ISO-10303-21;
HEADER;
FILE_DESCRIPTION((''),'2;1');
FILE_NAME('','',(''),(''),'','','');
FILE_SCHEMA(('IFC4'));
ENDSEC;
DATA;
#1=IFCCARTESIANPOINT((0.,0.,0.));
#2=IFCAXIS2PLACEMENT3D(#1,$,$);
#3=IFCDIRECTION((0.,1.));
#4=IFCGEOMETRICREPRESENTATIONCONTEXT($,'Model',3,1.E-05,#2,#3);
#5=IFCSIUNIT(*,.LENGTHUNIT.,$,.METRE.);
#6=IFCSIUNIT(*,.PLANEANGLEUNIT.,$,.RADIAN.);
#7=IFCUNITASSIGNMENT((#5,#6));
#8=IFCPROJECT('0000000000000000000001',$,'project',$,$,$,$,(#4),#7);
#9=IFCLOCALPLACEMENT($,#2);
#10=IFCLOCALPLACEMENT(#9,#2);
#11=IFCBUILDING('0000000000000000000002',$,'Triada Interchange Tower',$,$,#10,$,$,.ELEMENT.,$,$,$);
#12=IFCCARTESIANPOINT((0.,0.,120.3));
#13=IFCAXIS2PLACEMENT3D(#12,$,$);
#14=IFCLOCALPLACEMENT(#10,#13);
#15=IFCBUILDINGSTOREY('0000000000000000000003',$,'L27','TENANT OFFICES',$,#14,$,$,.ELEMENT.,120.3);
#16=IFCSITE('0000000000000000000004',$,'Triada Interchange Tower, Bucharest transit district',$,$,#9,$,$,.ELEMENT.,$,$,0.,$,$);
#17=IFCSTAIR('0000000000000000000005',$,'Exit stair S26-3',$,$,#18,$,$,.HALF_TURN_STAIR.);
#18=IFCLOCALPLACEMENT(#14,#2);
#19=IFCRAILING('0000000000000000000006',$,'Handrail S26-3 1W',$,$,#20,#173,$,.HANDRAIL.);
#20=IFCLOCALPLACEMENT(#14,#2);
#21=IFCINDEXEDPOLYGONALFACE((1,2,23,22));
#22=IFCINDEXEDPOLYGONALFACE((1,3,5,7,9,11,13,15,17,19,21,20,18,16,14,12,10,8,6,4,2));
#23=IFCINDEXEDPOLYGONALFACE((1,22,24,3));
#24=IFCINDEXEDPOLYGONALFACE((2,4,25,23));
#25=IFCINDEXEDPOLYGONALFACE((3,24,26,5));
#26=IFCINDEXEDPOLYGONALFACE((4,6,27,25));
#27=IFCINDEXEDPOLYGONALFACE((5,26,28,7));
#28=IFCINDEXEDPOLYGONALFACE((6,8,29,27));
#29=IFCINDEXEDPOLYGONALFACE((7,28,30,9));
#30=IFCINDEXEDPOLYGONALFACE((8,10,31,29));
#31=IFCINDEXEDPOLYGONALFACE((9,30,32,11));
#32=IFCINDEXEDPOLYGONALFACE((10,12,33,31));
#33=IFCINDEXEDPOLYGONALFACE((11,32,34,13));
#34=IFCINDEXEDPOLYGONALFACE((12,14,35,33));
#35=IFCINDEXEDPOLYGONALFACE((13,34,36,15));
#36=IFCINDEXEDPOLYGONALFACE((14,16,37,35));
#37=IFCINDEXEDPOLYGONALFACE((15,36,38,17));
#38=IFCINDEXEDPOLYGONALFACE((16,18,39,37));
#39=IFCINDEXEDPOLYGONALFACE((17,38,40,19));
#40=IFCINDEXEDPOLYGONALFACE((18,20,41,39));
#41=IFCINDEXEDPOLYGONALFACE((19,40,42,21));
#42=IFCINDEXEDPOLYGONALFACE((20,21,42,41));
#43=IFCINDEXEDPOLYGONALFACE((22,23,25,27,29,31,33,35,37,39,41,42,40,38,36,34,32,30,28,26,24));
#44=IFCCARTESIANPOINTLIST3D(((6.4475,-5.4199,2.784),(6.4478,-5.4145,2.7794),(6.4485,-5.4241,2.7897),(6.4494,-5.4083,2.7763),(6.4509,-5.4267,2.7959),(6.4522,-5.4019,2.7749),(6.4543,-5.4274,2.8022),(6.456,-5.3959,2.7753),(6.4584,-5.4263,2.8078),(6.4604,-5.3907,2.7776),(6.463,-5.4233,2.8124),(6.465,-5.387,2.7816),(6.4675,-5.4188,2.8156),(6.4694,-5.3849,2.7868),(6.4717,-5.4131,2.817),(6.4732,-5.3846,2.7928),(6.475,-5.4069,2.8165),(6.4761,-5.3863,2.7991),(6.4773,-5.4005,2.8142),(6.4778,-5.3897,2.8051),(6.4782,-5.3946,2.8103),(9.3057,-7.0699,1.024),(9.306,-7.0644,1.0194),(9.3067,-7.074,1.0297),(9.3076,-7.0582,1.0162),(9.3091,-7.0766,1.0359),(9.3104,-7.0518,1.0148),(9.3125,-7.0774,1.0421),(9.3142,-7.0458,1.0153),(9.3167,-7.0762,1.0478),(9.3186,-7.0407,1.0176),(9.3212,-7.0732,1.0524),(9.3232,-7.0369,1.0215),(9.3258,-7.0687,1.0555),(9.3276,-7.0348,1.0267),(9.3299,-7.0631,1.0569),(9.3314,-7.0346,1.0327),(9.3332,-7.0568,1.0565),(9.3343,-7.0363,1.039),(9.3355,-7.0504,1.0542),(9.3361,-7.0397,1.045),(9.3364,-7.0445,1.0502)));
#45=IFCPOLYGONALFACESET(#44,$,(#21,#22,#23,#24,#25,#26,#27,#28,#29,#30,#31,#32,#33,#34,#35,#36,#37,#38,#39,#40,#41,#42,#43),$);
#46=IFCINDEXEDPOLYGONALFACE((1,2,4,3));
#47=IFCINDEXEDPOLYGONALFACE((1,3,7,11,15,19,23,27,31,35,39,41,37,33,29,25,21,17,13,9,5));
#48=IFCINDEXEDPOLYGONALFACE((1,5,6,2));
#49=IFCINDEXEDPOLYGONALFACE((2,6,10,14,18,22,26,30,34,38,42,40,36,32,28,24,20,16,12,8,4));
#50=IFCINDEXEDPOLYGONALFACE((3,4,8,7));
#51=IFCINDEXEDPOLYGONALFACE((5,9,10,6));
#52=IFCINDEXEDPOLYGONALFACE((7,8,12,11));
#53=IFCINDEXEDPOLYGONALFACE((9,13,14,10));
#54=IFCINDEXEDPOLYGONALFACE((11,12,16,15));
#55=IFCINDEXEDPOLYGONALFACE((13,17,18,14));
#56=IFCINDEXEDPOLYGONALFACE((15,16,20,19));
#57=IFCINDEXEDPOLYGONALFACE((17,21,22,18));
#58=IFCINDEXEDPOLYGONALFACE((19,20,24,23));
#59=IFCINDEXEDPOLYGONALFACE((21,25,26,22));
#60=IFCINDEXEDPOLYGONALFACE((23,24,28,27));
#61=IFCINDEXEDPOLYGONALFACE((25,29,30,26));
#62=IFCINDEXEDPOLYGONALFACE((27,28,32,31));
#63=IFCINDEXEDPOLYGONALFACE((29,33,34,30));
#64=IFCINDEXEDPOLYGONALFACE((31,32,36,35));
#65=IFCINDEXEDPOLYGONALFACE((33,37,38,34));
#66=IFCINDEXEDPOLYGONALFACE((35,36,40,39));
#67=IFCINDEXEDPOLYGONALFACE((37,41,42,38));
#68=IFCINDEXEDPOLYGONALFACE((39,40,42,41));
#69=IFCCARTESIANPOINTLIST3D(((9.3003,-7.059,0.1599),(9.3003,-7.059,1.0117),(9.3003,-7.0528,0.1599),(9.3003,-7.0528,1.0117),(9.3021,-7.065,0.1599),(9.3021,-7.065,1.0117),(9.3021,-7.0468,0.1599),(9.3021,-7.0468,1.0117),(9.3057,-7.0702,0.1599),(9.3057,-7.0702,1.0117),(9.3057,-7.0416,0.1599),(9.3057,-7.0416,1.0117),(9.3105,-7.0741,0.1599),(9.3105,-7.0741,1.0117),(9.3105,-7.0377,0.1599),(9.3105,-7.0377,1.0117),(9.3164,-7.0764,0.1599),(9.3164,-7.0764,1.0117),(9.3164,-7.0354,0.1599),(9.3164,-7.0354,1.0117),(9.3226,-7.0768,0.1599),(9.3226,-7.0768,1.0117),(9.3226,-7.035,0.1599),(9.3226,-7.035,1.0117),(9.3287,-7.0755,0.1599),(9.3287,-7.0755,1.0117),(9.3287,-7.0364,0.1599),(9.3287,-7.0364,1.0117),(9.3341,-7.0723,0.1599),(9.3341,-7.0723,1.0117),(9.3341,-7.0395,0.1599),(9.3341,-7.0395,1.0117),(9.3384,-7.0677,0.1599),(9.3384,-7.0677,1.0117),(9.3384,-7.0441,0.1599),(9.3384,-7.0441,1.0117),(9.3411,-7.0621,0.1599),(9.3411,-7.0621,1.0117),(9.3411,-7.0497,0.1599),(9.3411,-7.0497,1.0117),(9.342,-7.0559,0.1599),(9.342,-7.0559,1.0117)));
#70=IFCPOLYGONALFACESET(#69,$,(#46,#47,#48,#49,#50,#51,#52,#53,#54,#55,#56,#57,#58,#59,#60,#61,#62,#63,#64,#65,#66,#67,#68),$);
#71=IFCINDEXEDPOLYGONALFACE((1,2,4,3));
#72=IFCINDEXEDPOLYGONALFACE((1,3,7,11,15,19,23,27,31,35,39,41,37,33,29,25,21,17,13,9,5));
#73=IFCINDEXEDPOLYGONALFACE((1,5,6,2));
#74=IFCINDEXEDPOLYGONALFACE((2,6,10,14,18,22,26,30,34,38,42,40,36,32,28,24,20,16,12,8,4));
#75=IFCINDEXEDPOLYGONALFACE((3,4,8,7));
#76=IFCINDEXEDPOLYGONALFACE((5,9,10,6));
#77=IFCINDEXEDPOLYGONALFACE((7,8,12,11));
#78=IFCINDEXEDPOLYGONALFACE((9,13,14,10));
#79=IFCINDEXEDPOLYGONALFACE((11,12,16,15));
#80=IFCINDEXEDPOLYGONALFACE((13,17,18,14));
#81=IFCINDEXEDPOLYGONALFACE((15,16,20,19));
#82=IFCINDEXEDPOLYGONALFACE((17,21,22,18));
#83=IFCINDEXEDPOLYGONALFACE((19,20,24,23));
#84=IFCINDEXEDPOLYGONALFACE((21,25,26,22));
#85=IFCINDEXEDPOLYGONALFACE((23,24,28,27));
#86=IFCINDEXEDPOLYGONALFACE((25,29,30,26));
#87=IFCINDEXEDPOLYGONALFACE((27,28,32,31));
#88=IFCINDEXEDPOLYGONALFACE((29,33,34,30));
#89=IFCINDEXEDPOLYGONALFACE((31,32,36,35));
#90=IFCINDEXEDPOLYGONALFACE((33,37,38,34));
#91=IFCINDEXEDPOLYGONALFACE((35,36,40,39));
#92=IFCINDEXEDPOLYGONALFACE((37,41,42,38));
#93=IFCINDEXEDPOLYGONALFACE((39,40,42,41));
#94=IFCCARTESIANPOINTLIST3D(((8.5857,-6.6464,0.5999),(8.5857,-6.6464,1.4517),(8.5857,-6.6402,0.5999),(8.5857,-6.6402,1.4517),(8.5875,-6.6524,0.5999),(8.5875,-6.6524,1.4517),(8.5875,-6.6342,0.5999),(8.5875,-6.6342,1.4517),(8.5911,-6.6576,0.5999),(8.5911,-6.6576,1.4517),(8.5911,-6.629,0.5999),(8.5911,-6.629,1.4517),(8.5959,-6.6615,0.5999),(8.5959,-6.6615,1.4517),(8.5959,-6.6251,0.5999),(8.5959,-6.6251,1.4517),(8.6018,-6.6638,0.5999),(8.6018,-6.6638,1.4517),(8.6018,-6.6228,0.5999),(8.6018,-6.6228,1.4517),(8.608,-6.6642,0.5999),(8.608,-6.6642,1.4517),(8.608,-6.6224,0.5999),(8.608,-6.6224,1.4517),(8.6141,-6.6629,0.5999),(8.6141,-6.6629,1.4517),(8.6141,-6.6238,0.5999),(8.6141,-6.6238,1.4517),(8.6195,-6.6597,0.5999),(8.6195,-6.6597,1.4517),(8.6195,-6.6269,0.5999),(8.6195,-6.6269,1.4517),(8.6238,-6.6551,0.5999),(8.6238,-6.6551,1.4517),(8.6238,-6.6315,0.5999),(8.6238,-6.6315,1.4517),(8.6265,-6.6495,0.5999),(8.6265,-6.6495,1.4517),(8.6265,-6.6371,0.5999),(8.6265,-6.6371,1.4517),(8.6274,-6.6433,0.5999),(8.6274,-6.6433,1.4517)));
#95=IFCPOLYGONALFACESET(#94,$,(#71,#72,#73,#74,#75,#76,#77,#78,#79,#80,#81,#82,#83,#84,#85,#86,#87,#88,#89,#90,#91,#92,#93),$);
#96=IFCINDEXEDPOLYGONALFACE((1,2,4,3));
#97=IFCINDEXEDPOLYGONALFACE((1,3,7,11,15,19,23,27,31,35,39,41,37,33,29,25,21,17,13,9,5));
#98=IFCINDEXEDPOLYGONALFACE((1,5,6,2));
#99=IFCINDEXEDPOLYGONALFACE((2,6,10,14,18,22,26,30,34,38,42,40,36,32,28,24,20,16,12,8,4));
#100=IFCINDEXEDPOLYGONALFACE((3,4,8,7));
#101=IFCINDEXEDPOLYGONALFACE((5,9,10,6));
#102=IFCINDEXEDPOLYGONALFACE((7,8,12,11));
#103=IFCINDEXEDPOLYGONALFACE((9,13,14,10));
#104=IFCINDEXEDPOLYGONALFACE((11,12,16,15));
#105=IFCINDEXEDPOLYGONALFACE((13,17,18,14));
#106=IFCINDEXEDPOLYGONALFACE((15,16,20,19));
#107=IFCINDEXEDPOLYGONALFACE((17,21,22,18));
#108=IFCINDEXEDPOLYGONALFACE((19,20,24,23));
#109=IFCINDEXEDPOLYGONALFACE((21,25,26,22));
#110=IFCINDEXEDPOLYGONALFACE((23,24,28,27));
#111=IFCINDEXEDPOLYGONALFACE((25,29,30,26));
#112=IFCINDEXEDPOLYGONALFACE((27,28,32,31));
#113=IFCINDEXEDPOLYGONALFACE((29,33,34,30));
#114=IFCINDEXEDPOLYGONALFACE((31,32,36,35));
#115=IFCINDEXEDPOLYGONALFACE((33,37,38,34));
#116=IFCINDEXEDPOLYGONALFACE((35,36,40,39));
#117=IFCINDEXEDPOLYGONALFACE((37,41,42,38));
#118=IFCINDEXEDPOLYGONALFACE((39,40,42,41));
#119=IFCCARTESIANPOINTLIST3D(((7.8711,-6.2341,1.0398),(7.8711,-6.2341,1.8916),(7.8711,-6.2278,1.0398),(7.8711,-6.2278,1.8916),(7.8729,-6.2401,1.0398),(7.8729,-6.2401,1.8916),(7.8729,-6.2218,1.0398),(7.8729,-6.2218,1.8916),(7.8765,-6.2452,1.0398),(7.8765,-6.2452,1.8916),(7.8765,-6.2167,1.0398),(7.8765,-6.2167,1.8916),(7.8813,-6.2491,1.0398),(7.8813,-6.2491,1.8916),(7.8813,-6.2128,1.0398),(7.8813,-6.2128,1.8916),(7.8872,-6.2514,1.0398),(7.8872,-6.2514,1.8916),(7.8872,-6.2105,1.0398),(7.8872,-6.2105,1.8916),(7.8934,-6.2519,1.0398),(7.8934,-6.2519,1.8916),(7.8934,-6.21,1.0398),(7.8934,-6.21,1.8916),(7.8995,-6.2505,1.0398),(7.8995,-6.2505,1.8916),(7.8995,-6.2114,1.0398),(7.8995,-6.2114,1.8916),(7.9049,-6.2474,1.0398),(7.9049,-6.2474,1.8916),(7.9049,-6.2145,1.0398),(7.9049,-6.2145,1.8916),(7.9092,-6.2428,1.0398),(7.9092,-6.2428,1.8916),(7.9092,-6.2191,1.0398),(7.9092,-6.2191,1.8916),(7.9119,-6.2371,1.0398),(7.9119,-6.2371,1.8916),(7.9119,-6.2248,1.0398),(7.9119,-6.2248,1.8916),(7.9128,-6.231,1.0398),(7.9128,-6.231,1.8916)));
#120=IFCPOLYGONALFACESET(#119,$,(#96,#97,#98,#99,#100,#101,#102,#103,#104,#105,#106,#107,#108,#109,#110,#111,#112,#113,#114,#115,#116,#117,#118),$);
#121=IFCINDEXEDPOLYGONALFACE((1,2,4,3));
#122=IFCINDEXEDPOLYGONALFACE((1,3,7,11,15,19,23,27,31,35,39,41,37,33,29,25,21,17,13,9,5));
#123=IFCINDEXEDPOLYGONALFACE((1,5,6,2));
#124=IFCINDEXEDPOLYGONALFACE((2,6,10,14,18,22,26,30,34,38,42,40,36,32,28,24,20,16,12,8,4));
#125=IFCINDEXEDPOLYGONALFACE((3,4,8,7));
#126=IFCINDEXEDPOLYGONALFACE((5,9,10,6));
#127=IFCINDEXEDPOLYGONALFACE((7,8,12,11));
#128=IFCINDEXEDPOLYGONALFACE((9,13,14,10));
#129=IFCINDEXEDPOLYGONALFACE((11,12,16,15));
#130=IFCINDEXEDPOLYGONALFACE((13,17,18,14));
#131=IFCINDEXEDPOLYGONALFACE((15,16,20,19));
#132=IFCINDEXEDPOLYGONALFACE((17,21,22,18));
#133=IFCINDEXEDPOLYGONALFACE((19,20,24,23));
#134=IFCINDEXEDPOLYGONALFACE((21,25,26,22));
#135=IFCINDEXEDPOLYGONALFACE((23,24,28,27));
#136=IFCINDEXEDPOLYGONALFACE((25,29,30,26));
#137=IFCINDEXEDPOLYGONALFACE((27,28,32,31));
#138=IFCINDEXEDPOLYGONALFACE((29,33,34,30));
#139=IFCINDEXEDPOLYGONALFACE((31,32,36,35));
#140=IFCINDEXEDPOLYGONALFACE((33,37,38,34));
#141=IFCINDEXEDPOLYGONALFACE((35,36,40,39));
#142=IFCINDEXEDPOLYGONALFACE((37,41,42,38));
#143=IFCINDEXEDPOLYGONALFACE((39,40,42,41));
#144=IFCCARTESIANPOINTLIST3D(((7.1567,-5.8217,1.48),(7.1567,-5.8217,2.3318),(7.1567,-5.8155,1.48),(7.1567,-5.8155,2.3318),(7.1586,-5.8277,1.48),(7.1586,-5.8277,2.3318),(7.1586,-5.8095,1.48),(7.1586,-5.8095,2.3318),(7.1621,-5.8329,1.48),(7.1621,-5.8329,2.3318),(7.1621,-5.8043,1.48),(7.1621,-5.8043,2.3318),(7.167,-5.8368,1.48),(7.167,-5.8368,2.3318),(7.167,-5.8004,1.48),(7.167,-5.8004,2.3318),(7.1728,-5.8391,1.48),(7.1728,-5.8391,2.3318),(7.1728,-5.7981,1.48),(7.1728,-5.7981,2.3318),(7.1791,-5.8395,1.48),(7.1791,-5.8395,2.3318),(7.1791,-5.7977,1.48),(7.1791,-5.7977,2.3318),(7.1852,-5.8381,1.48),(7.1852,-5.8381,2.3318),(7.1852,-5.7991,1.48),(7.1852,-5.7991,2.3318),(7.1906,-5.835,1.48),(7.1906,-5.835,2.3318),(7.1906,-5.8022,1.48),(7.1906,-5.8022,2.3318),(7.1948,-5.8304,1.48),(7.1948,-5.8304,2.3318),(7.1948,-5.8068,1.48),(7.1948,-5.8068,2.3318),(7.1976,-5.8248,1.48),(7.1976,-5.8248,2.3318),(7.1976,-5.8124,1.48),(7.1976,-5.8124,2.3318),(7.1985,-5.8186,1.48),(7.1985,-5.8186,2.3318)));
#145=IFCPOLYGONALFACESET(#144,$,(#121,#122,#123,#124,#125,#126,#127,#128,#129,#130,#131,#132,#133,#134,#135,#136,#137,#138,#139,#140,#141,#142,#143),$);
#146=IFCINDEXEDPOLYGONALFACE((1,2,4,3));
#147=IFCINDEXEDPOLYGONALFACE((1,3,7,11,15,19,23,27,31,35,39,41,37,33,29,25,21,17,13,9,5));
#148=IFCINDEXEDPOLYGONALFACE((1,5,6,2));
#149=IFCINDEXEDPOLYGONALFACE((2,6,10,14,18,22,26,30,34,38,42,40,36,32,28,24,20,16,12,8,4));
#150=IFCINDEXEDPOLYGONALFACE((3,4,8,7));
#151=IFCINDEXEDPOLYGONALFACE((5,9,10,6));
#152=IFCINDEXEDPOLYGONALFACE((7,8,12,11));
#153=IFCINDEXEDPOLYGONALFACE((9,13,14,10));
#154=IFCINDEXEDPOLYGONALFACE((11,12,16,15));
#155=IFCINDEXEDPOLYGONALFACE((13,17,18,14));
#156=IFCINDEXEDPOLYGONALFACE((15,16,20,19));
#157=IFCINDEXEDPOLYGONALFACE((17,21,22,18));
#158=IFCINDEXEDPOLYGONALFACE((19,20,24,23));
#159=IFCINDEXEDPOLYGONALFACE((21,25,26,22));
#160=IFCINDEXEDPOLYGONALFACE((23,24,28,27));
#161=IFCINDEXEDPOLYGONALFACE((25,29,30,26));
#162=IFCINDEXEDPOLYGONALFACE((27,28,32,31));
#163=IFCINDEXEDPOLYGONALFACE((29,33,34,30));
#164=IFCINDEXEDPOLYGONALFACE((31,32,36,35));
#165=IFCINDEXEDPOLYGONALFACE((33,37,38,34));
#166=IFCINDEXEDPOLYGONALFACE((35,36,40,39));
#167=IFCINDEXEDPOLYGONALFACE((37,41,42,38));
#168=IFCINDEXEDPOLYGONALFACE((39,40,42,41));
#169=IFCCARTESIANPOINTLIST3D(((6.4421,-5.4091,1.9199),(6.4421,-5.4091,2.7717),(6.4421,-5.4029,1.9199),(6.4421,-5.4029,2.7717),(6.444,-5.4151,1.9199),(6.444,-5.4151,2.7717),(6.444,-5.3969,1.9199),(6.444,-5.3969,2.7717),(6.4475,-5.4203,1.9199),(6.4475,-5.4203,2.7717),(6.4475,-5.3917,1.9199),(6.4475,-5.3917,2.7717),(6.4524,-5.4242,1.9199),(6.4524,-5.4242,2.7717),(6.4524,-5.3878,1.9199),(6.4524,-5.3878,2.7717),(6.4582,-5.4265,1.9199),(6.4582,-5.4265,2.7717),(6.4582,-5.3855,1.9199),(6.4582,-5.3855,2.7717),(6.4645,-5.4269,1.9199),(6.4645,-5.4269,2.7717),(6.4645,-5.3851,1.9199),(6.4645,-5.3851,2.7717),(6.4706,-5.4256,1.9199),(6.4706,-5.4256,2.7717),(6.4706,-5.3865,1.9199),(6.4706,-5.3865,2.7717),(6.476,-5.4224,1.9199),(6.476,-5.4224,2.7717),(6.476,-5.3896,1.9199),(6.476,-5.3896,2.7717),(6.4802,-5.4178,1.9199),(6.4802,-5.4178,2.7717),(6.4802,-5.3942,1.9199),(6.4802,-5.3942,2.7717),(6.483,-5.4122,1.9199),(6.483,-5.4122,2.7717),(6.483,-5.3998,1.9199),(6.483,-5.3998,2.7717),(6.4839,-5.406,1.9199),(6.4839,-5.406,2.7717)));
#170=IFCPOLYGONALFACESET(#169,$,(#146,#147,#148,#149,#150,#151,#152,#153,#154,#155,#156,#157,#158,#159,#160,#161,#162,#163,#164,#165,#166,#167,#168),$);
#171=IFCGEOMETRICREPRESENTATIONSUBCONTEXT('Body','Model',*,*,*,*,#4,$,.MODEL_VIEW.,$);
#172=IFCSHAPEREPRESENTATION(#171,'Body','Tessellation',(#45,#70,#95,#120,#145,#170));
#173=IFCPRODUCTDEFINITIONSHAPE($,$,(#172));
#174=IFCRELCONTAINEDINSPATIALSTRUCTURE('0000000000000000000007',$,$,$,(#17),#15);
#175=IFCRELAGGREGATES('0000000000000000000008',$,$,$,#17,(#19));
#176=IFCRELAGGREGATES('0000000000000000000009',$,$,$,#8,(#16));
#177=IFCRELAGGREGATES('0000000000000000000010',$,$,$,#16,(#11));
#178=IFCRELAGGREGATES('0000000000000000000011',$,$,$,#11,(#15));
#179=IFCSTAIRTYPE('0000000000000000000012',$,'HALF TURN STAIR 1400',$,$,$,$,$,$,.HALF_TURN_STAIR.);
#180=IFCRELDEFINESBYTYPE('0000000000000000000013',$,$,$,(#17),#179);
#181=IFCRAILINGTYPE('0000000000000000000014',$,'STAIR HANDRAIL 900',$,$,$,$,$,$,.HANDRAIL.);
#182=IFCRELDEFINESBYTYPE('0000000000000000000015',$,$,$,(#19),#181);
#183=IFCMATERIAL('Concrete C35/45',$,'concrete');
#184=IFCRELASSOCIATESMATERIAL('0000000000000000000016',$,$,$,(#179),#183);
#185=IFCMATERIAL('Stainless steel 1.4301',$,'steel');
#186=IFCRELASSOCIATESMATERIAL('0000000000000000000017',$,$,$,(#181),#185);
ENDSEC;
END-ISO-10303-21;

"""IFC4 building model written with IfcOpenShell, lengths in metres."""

from ifc_helpers import new_model, si_unit, direction, frame, origin, origin_2d, place, context, subcontext, project, spatial, circle, extrude, material, type_object, element, aggregate, save


model = new_model("IFC4")

# Units and contexts
model_context = context("Model", 3, precision=1e-05, world=origin(), true_north=direction((0.0, 1.0)))
body_context = subcontext(model_context, "Body", "Model", "MODEL_VIEW")
ifc_project = project(units=[si_unit("LENGTHUNIT", "METRE"), si_unit("PLANEANGLEUNIT", "RADIAN")], contexts=[model_context])

# Site, building, storey
site_placement = place(None, origin())
site = spatial("IfcSite", under=ifc_project, at=site_placement, Name="Triada Interchange Tower, Bucharest transit district", CompositionType="ELEMENT", RefElevation=0.0)
building_placement = place(site_placement, origin())
building = spatial("IfcBuilding", under=site, at=building_placement, Name="Triada Interchange Tower", CompositionType="ELEMENT")
storey_placement = place(building_placement, frame((0.0, 0.0, 120.3)))
storey = spatial("IfcBuildingStorey", under=building, at=storey_placement, Name="L27", Description="TENANT OFFICES", CompositionType="ELEMENT", Elevation=120.3)

# Stair, railing
ifc_material_1 = material(Name="Concrete C35/45", Category="concrete")
stair_type = type_object("IfcStairType", Name="HALF TURN STAIR 1400", PredefinedType="HALF_TURN_STAIR", material=ifc_material_1)
stair_placement = place(storey_placement, origin())
stair = element("IfcStair", 1, at=stair_placement, inside=storey, type_object=stair_type, Name="Exit stair S26-3", PredefinedType="HALF_TURN_STAIR")
ifc_material_2 = material(Name="Stainless steel 1.4301", Category="steel")
railing_type = type_object("IfcRailingType", Name="STAIR HANDRAIL 900", PredefinedType="HANDRAIL", material=ifc_material_2)
railing_1_placement = place(storey_placement, frame((9.321, -7.0559, 0.1599)))
railing_1 = element("IfcRailing", 2, at=railing_1_placement, type_object=railing_type, Name="Handrail S26-3 1W", PredefinedType="HANDRAIL", context=body_context, shape_type="SweptSolid", body=[
    extrude(circle(Radius=0.0239, at=origin_2d()), frame((0.0, 0.0, 0.876), z_axis=(-0.764178, 0.441131, 0.47057), x_axis=(-0.499942, -0.866059, 0.0)), (0.0, 0.0, 1.0), 3.7402),
    extrude(circle(Radius=0.021, at=origin_2d()), origin(), (0.0, 0.0, 1.0), 0.8518),
    extrude(circle(Radius=0.021, at=origin_2d()), frame((-0.7146, 0.4126, 0.4399)), (0.0, 0.0, 1.0), 0.8518),
    extrude(circle(Radius=0.021, at=origin_2d()), frame((-1.4292, 0.825, 0.8799)), (0.0, 0.0, 1.0), 0.8518),
    extrude(circle(Radius=0.021, at=origin_2d()), frame((-2.1436, 1.2373, 1.3201)), (0.0, 0.0, 1.0), 0.8518),
    extrude(circle(Radius=0.021, at=origin_2d()), frame((-2.8582, 1.6499, 1.76)), (0.0, 0.0, 1.0), 0.8518),
])
aggregate(stair, [railing_1])

save(model, "model.ifc")
